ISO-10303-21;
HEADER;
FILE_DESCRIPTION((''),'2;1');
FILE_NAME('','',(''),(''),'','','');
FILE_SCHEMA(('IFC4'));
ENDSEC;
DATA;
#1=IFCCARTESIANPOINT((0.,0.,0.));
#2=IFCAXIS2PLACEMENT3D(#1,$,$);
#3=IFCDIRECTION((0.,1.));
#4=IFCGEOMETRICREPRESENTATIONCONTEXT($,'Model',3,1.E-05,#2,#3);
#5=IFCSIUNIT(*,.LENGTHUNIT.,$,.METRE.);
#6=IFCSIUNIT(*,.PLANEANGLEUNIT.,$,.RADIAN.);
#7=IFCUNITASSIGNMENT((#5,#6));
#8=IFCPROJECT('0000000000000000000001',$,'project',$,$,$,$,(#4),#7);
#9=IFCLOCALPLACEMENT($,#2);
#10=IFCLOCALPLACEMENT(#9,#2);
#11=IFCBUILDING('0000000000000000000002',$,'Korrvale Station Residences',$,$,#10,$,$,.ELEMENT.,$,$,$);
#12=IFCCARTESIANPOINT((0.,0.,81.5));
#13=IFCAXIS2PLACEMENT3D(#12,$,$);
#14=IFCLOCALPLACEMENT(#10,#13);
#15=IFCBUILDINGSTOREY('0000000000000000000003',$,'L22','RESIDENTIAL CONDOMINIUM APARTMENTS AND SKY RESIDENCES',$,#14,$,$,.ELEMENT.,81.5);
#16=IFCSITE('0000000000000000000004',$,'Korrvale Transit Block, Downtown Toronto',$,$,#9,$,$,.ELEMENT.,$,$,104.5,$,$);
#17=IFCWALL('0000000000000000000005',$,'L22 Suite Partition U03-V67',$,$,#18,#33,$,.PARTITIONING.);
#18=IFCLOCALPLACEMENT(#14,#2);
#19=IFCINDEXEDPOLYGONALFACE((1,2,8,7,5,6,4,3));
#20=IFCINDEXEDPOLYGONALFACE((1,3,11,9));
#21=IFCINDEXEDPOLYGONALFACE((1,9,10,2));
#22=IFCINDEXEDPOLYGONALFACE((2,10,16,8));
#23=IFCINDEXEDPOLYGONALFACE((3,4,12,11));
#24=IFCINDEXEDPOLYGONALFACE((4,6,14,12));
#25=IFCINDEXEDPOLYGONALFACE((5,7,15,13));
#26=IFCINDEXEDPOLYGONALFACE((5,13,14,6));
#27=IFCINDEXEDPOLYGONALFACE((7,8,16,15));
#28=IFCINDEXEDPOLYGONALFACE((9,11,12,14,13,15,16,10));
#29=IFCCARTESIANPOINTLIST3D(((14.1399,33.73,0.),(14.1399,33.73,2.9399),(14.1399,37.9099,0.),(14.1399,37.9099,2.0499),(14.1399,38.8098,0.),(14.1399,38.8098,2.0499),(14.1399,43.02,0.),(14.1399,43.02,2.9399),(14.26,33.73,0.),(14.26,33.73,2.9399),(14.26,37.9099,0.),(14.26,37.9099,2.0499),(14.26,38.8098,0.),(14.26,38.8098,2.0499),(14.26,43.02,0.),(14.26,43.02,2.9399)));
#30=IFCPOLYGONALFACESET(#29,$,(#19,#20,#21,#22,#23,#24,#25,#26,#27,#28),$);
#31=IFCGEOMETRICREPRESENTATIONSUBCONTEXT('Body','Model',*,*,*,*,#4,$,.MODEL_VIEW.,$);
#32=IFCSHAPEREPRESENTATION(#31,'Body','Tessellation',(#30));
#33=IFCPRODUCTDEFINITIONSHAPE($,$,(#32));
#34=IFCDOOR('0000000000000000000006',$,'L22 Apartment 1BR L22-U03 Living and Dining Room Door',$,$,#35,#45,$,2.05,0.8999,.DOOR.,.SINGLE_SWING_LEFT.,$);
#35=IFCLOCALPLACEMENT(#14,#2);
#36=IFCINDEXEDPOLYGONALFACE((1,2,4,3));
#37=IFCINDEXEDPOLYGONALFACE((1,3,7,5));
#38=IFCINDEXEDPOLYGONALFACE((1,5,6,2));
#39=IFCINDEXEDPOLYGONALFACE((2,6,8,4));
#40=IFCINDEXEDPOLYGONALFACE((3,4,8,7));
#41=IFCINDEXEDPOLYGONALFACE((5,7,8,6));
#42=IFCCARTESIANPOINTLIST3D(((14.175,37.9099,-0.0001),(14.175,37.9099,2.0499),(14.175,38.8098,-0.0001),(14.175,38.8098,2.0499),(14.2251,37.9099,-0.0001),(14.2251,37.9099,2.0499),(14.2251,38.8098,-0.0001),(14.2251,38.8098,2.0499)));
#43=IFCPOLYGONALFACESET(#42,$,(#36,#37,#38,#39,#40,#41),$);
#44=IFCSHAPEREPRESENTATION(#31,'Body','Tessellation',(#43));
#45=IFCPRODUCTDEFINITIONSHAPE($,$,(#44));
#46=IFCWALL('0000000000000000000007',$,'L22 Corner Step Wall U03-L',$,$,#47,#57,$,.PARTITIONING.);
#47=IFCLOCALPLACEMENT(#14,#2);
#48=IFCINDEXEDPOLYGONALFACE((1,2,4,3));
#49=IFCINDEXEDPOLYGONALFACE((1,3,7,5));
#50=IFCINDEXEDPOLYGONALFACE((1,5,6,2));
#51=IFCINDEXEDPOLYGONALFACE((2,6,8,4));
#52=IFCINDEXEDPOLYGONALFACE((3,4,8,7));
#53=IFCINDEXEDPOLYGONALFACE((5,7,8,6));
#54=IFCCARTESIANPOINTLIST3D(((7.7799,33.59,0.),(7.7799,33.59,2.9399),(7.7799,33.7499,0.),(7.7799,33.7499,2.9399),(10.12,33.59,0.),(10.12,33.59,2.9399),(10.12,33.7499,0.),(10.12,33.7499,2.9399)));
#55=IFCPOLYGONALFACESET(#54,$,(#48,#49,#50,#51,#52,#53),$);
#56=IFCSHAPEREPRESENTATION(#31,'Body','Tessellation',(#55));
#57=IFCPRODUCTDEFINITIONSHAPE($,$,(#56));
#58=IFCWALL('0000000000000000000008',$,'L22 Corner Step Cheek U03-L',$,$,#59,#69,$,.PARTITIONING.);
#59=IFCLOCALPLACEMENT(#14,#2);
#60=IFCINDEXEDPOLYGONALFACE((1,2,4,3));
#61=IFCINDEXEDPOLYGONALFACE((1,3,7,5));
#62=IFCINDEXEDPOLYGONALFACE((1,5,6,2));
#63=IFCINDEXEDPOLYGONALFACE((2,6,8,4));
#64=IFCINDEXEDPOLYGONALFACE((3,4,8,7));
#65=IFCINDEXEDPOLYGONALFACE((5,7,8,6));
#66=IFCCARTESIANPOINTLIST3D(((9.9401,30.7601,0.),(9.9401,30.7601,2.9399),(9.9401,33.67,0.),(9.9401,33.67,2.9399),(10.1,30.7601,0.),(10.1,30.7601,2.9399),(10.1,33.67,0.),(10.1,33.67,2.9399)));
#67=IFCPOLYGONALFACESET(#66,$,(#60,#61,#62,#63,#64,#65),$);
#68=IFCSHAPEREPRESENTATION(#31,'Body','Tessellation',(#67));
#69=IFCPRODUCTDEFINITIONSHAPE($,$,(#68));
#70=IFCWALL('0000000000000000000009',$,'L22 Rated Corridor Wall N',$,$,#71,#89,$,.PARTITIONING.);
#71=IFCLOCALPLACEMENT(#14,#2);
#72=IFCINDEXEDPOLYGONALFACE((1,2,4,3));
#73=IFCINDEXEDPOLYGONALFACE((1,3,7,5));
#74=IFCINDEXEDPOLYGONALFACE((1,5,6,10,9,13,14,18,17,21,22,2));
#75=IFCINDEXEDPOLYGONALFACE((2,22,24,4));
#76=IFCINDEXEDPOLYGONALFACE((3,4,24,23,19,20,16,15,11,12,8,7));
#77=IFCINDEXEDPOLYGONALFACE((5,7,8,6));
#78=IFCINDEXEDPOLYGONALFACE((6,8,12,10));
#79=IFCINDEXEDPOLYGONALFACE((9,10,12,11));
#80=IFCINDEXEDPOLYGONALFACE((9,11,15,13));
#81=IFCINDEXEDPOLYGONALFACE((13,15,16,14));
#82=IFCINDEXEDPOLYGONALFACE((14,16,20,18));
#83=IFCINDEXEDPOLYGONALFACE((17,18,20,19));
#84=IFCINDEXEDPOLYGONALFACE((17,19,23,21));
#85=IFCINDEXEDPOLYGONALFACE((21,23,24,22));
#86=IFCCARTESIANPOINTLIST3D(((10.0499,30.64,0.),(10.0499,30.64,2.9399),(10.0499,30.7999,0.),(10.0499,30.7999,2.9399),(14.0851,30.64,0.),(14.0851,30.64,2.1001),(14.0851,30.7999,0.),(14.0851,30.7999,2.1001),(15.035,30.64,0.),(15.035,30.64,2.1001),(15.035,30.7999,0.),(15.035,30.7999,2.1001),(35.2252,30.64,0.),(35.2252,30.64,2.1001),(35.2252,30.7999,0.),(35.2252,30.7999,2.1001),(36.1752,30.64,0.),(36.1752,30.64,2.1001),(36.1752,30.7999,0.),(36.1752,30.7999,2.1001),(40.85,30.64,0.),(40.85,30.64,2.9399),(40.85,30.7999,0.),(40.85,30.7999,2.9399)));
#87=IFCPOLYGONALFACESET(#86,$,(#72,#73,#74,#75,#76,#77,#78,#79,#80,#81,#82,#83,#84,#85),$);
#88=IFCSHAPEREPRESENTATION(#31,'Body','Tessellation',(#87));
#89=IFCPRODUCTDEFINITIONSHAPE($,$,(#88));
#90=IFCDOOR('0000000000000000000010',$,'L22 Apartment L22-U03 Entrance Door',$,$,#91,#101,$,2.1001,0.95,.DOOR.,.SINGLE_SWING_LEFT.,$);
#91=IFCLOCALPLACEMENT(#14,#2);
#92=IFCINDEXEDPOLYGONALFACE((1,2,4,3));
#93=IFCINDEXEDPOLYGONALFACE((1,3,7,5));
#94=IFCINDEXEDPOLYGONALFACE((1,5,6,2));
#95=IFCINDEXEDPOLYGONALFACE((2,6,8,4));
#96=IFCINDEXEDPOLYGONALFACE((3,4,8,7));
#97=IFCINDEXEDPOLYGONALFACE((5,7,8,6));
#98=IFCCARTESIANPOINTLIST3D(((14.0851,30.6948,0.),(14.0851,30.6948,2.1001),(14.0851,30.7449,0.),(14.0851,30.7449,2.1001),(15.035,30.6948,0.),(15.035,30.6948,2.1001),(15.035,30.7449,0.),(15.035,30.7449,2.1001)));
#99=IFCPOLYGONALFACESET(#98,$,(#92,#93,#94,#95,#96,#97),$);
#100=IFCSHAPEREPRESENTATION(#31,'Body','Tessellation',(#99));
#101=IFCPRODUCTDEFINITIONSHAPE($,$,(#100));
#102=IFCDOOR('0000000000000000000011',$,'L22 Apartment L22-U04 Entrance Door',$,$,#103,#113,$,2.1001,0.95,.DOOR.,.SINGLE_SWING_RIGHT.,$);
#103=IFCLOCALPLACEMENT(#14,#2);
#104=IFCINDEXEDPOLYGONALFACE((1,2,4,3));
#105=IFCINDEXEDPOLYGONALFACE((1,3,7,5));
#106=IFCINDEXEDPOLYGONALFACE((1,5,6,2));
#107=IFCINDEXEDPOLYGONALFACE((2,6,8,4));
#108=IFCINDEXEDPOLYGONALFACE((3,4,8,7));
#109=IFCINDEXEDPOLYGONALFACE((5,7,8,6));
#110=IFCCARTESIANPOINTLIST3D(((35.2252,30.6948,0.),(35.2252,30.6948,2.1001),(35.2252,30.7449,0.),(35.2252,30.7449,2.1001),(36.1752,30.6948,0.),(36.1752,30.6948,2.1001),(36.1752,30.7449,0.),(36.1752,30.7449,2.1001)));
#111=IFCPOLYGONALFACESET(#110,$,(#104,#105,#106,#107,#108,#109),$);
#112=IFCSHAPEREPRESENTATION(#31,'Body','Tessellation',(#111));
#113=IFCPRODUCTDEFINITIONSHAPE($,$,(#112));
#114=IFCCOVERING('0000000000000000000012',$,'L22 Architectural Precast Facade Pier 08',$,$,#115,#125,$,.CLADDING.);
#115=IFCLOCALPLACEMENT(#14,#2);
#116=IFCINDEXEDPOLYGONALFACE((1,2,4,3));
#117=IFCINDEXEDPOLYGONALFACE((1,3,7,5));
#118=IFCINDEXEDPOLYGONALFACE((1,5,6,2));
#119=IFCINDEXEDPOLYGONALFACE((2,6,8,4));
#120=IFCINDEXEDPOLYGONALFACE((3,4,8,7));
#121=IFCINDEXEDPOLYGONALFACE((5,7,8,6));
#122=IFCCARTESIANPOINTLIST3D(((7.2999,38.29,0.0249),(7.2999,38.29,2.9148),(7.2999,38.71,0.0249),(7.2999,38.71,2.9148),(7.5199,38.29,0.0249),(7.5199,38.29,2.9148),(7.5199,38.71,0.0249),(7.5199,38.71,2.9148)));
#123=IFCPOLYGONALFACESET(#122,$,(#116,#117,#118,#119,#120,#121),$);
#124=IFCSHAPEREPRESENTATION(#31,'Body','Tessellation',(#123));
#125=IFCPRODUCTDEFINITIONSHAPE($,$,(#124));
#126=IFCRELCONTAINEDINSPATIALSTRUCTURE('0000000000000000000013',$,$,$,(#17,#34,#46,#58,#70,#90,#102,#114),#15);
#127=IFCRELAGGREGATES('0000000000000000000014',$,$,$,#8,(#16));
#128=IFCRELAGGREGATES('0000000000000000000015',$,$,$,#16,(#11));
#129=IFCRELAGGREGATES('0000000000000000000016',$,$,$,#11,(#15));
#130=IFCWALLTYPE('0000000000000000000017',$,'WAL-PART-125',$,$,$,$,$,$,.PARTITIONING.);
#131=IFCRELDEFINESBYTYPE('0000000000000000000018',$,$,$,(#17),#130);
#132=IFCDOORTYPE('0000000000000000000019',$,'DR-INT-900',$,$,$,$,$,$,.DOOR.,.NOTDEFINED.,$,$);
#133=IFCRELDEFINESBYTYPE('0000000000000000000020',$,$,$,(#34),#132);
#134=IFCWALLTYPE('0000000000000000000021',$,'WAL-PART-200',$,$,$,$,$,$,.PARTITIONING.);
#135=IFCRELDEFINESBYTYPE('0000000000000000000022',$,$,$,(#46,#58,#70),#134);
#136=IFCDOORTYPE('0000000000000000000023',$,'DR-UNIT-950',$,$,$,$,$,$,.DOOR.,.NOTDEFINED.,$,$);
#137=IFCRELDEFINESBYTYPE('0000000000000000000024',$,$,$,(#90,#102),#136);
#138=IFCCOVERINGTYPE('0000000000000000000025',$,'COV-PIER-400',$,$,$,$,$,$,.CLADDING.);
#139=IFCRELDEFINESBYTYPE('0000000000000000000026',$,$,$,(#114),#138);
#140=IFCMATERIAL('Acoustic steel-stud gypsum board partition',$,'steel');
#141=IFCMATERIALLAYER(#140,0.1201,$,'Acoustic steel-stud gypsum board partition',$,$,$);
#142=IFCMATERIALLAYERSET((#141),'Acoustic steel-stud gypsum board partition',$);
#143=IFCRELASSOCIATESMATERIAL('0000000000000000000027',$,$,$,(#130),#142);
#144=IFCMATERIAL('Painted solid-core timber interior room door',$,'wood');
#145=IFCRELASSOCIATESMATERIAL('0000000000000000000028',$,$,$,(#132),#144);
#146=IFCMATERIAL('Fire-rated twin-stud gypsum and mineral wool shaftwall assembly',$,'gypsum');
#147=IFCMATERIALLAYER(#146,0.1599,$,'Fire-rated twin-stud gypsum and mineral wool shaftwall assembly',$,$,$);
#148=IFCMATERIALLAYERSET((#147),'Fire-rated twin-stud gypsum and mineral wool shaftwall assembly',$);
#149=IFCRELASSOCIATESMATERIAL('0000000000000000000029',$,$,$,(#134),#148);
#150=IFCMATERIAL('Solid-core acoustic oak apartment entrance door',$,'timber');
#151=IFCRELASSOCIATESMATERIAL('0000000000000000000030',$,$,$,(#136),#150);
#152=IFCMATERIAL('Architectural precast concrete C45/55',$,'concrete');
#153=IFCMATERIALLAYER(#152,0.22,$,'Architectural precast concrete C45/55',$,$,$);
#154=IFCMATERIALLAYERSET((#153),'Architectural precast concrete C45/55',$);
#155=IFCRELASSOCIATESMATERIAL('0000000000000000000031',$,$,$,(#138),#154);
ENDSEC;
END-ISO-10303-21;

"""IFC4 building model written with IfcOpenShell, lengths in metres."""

from ifc_helpers import new_model, si_unit, direction, frame, frame_2d, origin, origin_2d, place, context, subcontext, project, spatial, rectangle, extrude, material, layer, layer_set, type_object, element, fill, save


model = new_model("IFC4")

# Units and contexts
model_context = context("Model", 3, precision=1e-05, world=origin(), true_north=direction((0.0, 1.0)))
body_context = subcontext(model_context, "Body", "Model", "MODEL_VIEW")
ifc_project = project(units=[si_unit("LENGTHUNIT", "METRE"), si_unit("PLANEANGLEUNIT", "RADIAN")], contexts=[model_context])

# Site, building, storey
site_placement = place(None, origin())
site = spatial("IfcSite", under=ifc_project, at=site_placement, Name="Korrvale Transit Block, Downtown Toronto", CompositionType="ELEMENT", RefElevation=104.5)
building_placement = place(site_placement, origin())
building = spatial("IfcBuilding", under=site, at=building_placement, Name="Korrvale Station Residences", CompositionType="ELEMENT")
storey_placement = place(building_placement, frame((0.0, 0.0, 81.5)))
storey = spatial("IfcBuildingStorey", under=building, at=storey_placement, Name="L22", Description="RESIDENTIAL CONDOMINIUM APARTMENTS AND SKY RESIDENCES", CompositionType="ELEMENT", Elevation=81.5)

# Shared definitions
ifc_material_1 = material(Name="Acoustic steel-stud gypsum board partition", Category="steel")
ifc_layer_1 = layer(ifc_material_1, 0.1201, Name="Acoustic steel-stud gypsum board partition")
ifc_layer_set_1 = layer_set([ifc_layer_1], Name="Acoustic steel-stud gypsum board partition")
wall_type_1 = type_object("IfcWallType", Name="WAL-PART-125", PredefinedType="PARTITIONING", material=ifc_layer_set_1)

# Wall, opening, door
ifc_material_2 = material(Name="Painted solid-core timber interior room door", Category="wood")
door_type_1 = type_object("IfcDoorType", Name="DR-INT-900", OperationType="NOTDEFINED", PredefinedType="DOOR", material=ifc_material_2)
wall_1_placement = place(storey_placement, frame((14.2, 33.73, 0.0), z_axis=(0.0, 0.0, 1.0), x_axis=(0.0, 1.0, 0.0)))
wall_1 = element("IfcWall", 1, at=wall_1_placement, inside=storey, type_object=wall_type_1, Name="L22 Suite Partition U03-V67", PredefinedType="PARTITIONING", context=body_context, shape_type="SweptSolid", body=[
    extrude(rectangle(XDim=9.29, YDim=0.1201, at=frame_2d((4.645, 0.0))), origin(), (0.0, 0.0, 1.0), 2.9399),
])
opening_1_placement = place(wall_1_placement, frame((4.1799, 0.0, 0.0)))
opening_1 = element("IfcOpeningElement", 2, at=opening_1_placement, cuts=wall_1, PredefinedType="OPENING", context=body_context, shape_type="SweptSolid", body=[
    extrude(rectangle(XDim=0.8999, YDim=2.05, at=frame_2d((0.45, 1.0249))), frame((0.0, 0.0701, 0.0), z_axis=(0.0, -1.0, 0.0), x_axis=(1.0, 0.0, 0.0)), (0.0, 0.0, 1.0), 0.1401),
])
door_1_placement = place(opening_1_placement, origin())
door_1 = element("IfcDoor", 3, at=door_1_placement, inside=storey, type_object=door_type_1, Name="L22 Apartment 1BR L22-U03 Living and Dining Room Door", OperationType="SINGLE_SWING_LEFT", OverallHeight=2.05, OverallWidth=0.8999, PredefinedType="DOOR", context=body_context, shape_type="SweptSolid", body=[
    extrude(rectangle(XDim=0.8999, YDim=2.05, at=frame_2d((0.45, 1.0249))), frame((0.0, 0.0249, 0.0), z_axis=(0.0, -1.0, 0.0), x_axis=(1.0, 0.0, 0.0)), (0.0, 0.0, 1.0), 0.05),
])
fill(opening_1, door_1)

# Walls
ifc_material_3 = material(Name="Fire-rated twin-stud gypsum and mineral wool shaftwall assembly", Category="gypsum")
ifc_layer_2 = layer(ifc_material_3, 0.1599, Name="Fire-rated twin-stud gypsum and mineral wool shaftwall assembly")
ifc_layer_set_2 = layer_set([ifc_layer_2], Name="Fire-rated twin-stud gypsum and mineral wool shaftwall assembly")
wall_type_2 = type_object("IfcWallType", Name="WAL-PART-200", PredefinedType="PARTITIONING", material=ifc_layer_set_2)
wall_2_placement = place(storey_placement, frame((7.78, 33.6699, 0.0), z_axis=(0.0, 0.0, 1.0), x_axis=(1.0, 0.0, 0.0)))
element("IfcWall", 4, at=wall_2_placement, inside=storey, type_object=wall_type_2, Name="L22 Corner Step Wall U03-L", PredefinedType="PARTITIONING", context=body_context, shape_type="SweptSolid", body=[
    extrude(rectangle(XDim=2.3401, YDim=0.1599, at=frame_2d((1.1699, 0.0))), origin(), (0.0, 0.0, 1.0), 2.9399),
])
wall_3_placement = place(storey_placement, frame((10.02, 30.76, 0.0), z_axis=(0.0, 0.0, 1.0), x_axis=(0.0, 1.0, 0.0)))
element("IfcWall", 5, at=wall_3_placement, inside=storey, type_object=wall_type_2, Name="L22 Corner Step Cheek U03-L", PredefinedType="PARTITIONING", context=body_context, shape_type="SweptSolid", body=[
    extrude(rectangle(XDim=2.9099, YDim=0.1599, at=frame_2d((1.4551, 0.0))), origin(), (0.0, 0.0, 1.0), 2.9399),
])

# Wall, openings, doors
wall_4_placement = place(storey_placement, frame((10.05, 30.72, 0.0), z_axis=(0.0, 0.0, 1.0), x_axis=(1.0, 0.0, 0.0)))
wall_4 = element("IfcWall", 6, at=wall_4_placement, inside=storey, type_object=wall_type_2, Name="L22 Rated Corridor Wall N", PredefinedType="PARTITIONING", context=body_context, shape_type="SweptSolid", body=[
    extrude(rectangle(XDim=30.8, YDim=0.1599, at=frame_2d((15.3999, 0.0))), origin(), (0.0, 0.0, 1.0), 2.9399),
])
opening_2_placement = place(wall_4_placement, frame((4.0349, 0.0, 0.0)))
opening_2 = element("IfcOpeningElement", 7, at=opening_2_placement, cuts=wall_4, PredefinedType="OPENING", context=body_context, shape_type="SweptSolid", body=[
    extrude(rectangle(XDim=0.95, YDim=2.1001, at=frame_2d((0.4751, 1.05))), frame((0.0, 0.0898, 0.0), z_axis=(0.0, -1.0, 0.0), x_axis=(1.0, 0.0, 0.0)), (0.0, 0.0, 1.0), 0.1799),
])
opening_3_placement = place(wall_4_placement, frame((25.175, 0.0, 0.0)))
opening_3 = element("IfcOpeningElement", 8, at=opening_3_placement, cuts=wall_4, PredefinedType="OPENING", context=body_context, shape_type="SweptSolid", body=[
    extrude(rectangle(XDim=0.95, YDim=2.1001, at=frame_2d((0.4751, 1.05))), frame((0.0, 0.0898, 0.0), z_axis=(0.0, -1.0, 0.0), x_axis=(1.0, 0.0, 0.0)), (0.0, 0.0, 1.0), 0.1799),
])
ifc_material_4 = material(Name="Solid-core acoustic oak apartment entrance door", Category="timber")
door_type_2 = type_object("IfcDoorType", Name="DR-UNIT-950", OperationType="NOTDEFINED", PredefinedType="DOOR", material=ifc_material_4)
door_2_placement = place(opening_2_placement, origin())
door_2 = element("IfcDoor", 9, at=door_2_placement, inside=storey, type_object=door_type_2, Name="L22 Apartment L22-U03 Entrance Door", OperationType="SINGLE_SWING_LEFT", OverallHeight=2.1001, OverallWidth=0.95, PredefinedType="DOOR", context=body_context, shape_type="SweptSolid", body=[
    extrude(rectangle(XDim=0.95, YDim=2.1001, at=frame_2d((0.4751, 1.05))), frame((0.0, 0.0249, 0.0), z_axis=(0.0, -1.0, 0.0), x_axis=(1.0, 0.0, 0.0)), (0.0, 0.0, 1.0), 0.05),
])
fill(opening_2, door_2)
door_3_placement = place(opening_3_placement, origin())
door_3 = element("IfcDoor", 10, at=door_3_placement, inside=storey, type_object=door_type_2, Name="L22 Apartment L22-U04 Entrance Door", OperationType="SINGLE_SWING_RIGHT", OverallHeight=2.1001, OverallWidth=0.95, PredefinedType="DOOR", context=body_context, shape_type="SweptSolid", body=[
    extrude(rectangle(XDim=0.95, YDim=2.1001, at=frame_2d((0.4751, 1.05))), frame((0.0, 0.0249, 0.0), z_axis=(0.0, -1.0, 0.0), x_axis=(1.0, 0.0, 0.0)), (0.0, 0.0, 1.0), 0.05),
])
fill(opening_3, door_3)

# Covering
ifc_material_5 = material(Name="Architectural precast concrete C45/55", Category="concrete")
ifc_layer_3 = layer(ifc_material_5, 0.22, Name="Architectural precast concrete C45/55")
ifc_layer_set_3 = layer_set([ifc_layer_3], Name="Architectural precast concrete C45/55")
covering_type = type_object("IfcCoveringType", Name="COV-PIER-400", PredefinedType="CLADDING", material=ifc_layer_set_3)
covering_placement = place(storey_placement, frame((7.4099, 38.5, 0.0249), z_axis=(0.0, 0.0, 1.0), x_axis=(0.0, 1.0, 0.0)))
element("IfcCovering", 11, at=covering_placement, inside=storey, type_object=covering_type, Name="L22 Architectural Precast Facade Pier 08", PredefinedType="CLADDING", context=body_context, shape_type="SweptSolid", body=[
    extrude(rectangle(XDim=0.4199, YDim=0.22, at=origin_2d()), origin(), (0.0, 0.0, 1.0), 2.8899),
])

save(model, "model.ifc")
